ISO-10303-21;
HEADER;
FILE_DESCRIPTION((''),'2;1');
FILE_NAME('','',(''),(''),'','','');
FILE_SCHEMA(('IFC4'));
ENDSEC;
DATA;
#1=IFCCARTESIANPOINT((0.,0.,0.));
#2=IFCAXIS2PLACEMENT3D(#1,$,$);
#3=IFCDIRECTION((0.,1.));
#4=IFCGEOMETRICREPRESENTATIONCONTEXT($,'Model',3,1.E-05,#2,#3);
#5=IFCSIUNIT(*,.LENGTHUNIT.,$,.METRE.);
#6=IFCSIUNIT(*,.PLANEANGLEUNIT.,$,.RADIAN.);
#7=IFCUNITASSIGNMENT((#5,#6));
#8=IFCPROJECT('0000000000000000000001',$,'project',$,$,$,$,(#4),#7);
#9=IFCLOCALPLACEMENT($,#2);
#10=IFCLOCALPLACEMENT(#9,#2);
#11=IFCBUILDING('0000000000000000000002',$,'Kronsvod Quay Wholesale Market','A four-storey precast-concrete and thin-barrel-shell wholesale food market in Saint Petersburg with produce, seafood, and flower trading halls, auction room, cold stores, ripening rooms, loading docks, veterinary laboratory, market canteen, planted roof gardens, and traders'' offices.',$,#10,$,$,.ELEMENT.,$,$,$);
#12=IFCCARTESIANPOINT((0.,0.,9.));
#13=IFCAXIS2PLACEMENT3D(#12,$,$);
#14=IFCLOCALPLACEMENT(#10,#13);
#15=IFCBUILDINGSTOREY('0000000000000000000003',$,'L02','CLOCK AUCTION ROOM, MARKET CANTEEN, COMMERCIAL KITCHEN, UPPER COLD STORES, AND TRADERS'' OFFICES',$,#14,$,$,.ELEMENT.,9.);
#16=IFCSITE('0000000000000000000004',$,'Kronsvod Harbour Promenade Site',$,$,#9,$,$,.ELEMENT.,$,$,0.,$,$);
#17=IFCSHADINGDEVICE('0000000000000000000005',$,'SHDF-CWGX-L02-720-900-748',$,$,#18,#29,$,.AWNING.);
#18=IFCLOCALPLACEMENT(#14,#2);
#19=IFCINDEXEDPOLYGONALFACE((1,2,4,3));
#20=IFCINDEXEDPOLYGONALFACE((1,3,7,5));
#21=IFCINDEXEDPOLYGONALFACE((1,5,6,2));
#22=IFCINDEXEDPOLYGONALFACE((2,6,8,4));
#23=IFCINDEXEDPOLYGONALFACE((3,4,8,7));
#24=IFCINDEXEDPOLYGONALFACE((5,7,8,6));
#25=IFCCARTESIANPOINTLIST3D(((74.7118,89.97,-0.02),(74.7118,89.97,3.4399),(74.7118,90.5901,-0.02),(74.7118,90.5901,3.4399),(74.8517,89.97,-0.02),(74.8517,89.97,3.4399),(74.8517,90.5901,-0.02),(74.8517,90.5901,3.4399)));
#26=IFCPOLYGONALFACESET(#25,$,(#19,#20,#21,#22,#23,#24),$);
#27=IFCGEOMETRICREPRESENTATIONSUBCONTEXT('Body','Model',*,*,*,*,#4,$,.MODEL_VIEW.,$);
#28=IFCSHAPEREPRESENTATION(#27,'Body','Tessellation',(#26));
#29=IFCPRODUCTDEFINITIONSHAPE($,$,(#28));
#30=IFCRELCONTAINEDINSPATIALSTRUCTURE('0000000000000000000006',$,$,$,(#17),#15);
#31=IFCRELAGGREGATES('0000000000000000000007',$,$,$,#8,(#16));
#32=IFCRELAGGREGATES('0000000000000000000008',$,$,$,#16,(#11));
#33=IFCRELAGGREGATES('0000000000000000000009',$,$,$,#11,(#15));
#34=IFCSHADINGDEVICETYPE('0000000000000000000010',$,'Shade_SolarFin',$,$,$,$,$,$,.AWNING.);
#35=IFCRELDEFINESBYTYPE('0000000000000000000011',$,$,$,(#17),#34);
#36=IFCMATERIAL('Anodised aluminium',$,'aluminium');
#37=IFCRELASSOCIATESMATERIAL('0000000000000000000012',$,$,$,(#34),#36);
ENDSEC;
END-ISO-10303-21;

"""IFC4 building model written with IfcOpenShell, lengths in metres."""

from ifc_helpers import new_model, si_unit, direction, frame, origin, origin_2d, place, context, subcontext, project, spatial, rectangle, extrude, material, type_object, element, save


model = new_model("IFC4")

# Units and contexts
model_context = context("Model", 3, precision=1e-05, world=origin(), true_north=direction((0.0, 1.0)))
body_context = subcontext(model_context, "Body", "Model", "MODEL_VIEW")
ifc_project = project(units=[si_unit("LENGTHUNIT", "METRE"), si_unit("PLANEANGLEUNIT", "RADIAN")], contexts=[model_context])

# Site, building, storey
site_placement = place(None, origin())
site = spatial("IfcSite", under=ifc_project, at=site_placement, Name="Kronsvod Harbour Promenade Site", CompositionType="ELEMENT", RefElevation=0.0)
building_placement = place(site_placement, origin())
building = spatial("IfcBuilding", under=site, at=building_placement, Name="Kronsvod Quay Wholesale Market", Description="A four-storey precast-concrete and thin-barrel-shell wholesale food market in Saint Petersburg with produce, seafood, and flower trading halls, auction room, cold stores, ripening rooms, loading docks, veterinary laboratory, market canteen, planted roof gardens, and traders' offices.", CompositionType="ELEMENT")
storey_placement = place(building_placement, frame((0.0, 0.0, 9.0)))
storey = spatial("IfcBuildingStorey", under=building, at=storey_placement, Name="L02", Description="CLOCK AUCTION ROOM, MARKET CANTEEN, COMMERCIAL KITCHEN, UPPER COLD STORES, AND TRADERS' OFFICES", CompositionType="ELEMENT", Elevation=9.0)

# Shading device
ifc_material_1 = material(Name="Anodised aluminium", Category="aluminium")
shading_device_type = type_object("IfcShadingDeviceType", Name="Shade_SolarFin", PredefinedType="AWNING", material=ifc_material_1)
shading_device_placement = place(storey_placement, frame((74.7817, 90.28, -0.02), z_axis=(0.0, 0.0, 1.0), x_axis=(1.0, 0.0, 0.0)))
element("IfcShadingDevice", 1, at=shading_device_placement, inside=storey, type_object=shading_device_type, Name="SHDF-CWGX-L02-720-900-748", PredefinedType="AWNING", context=body_context, shape_type="SweptSolid", body=[
    extrude(rectangle(XDim=0.1399, YDim=0.6201, at=origin_2d()), origin(), (0.0, 0.0, 1.0), 3.46),
])

save(model, "model.ifc")
